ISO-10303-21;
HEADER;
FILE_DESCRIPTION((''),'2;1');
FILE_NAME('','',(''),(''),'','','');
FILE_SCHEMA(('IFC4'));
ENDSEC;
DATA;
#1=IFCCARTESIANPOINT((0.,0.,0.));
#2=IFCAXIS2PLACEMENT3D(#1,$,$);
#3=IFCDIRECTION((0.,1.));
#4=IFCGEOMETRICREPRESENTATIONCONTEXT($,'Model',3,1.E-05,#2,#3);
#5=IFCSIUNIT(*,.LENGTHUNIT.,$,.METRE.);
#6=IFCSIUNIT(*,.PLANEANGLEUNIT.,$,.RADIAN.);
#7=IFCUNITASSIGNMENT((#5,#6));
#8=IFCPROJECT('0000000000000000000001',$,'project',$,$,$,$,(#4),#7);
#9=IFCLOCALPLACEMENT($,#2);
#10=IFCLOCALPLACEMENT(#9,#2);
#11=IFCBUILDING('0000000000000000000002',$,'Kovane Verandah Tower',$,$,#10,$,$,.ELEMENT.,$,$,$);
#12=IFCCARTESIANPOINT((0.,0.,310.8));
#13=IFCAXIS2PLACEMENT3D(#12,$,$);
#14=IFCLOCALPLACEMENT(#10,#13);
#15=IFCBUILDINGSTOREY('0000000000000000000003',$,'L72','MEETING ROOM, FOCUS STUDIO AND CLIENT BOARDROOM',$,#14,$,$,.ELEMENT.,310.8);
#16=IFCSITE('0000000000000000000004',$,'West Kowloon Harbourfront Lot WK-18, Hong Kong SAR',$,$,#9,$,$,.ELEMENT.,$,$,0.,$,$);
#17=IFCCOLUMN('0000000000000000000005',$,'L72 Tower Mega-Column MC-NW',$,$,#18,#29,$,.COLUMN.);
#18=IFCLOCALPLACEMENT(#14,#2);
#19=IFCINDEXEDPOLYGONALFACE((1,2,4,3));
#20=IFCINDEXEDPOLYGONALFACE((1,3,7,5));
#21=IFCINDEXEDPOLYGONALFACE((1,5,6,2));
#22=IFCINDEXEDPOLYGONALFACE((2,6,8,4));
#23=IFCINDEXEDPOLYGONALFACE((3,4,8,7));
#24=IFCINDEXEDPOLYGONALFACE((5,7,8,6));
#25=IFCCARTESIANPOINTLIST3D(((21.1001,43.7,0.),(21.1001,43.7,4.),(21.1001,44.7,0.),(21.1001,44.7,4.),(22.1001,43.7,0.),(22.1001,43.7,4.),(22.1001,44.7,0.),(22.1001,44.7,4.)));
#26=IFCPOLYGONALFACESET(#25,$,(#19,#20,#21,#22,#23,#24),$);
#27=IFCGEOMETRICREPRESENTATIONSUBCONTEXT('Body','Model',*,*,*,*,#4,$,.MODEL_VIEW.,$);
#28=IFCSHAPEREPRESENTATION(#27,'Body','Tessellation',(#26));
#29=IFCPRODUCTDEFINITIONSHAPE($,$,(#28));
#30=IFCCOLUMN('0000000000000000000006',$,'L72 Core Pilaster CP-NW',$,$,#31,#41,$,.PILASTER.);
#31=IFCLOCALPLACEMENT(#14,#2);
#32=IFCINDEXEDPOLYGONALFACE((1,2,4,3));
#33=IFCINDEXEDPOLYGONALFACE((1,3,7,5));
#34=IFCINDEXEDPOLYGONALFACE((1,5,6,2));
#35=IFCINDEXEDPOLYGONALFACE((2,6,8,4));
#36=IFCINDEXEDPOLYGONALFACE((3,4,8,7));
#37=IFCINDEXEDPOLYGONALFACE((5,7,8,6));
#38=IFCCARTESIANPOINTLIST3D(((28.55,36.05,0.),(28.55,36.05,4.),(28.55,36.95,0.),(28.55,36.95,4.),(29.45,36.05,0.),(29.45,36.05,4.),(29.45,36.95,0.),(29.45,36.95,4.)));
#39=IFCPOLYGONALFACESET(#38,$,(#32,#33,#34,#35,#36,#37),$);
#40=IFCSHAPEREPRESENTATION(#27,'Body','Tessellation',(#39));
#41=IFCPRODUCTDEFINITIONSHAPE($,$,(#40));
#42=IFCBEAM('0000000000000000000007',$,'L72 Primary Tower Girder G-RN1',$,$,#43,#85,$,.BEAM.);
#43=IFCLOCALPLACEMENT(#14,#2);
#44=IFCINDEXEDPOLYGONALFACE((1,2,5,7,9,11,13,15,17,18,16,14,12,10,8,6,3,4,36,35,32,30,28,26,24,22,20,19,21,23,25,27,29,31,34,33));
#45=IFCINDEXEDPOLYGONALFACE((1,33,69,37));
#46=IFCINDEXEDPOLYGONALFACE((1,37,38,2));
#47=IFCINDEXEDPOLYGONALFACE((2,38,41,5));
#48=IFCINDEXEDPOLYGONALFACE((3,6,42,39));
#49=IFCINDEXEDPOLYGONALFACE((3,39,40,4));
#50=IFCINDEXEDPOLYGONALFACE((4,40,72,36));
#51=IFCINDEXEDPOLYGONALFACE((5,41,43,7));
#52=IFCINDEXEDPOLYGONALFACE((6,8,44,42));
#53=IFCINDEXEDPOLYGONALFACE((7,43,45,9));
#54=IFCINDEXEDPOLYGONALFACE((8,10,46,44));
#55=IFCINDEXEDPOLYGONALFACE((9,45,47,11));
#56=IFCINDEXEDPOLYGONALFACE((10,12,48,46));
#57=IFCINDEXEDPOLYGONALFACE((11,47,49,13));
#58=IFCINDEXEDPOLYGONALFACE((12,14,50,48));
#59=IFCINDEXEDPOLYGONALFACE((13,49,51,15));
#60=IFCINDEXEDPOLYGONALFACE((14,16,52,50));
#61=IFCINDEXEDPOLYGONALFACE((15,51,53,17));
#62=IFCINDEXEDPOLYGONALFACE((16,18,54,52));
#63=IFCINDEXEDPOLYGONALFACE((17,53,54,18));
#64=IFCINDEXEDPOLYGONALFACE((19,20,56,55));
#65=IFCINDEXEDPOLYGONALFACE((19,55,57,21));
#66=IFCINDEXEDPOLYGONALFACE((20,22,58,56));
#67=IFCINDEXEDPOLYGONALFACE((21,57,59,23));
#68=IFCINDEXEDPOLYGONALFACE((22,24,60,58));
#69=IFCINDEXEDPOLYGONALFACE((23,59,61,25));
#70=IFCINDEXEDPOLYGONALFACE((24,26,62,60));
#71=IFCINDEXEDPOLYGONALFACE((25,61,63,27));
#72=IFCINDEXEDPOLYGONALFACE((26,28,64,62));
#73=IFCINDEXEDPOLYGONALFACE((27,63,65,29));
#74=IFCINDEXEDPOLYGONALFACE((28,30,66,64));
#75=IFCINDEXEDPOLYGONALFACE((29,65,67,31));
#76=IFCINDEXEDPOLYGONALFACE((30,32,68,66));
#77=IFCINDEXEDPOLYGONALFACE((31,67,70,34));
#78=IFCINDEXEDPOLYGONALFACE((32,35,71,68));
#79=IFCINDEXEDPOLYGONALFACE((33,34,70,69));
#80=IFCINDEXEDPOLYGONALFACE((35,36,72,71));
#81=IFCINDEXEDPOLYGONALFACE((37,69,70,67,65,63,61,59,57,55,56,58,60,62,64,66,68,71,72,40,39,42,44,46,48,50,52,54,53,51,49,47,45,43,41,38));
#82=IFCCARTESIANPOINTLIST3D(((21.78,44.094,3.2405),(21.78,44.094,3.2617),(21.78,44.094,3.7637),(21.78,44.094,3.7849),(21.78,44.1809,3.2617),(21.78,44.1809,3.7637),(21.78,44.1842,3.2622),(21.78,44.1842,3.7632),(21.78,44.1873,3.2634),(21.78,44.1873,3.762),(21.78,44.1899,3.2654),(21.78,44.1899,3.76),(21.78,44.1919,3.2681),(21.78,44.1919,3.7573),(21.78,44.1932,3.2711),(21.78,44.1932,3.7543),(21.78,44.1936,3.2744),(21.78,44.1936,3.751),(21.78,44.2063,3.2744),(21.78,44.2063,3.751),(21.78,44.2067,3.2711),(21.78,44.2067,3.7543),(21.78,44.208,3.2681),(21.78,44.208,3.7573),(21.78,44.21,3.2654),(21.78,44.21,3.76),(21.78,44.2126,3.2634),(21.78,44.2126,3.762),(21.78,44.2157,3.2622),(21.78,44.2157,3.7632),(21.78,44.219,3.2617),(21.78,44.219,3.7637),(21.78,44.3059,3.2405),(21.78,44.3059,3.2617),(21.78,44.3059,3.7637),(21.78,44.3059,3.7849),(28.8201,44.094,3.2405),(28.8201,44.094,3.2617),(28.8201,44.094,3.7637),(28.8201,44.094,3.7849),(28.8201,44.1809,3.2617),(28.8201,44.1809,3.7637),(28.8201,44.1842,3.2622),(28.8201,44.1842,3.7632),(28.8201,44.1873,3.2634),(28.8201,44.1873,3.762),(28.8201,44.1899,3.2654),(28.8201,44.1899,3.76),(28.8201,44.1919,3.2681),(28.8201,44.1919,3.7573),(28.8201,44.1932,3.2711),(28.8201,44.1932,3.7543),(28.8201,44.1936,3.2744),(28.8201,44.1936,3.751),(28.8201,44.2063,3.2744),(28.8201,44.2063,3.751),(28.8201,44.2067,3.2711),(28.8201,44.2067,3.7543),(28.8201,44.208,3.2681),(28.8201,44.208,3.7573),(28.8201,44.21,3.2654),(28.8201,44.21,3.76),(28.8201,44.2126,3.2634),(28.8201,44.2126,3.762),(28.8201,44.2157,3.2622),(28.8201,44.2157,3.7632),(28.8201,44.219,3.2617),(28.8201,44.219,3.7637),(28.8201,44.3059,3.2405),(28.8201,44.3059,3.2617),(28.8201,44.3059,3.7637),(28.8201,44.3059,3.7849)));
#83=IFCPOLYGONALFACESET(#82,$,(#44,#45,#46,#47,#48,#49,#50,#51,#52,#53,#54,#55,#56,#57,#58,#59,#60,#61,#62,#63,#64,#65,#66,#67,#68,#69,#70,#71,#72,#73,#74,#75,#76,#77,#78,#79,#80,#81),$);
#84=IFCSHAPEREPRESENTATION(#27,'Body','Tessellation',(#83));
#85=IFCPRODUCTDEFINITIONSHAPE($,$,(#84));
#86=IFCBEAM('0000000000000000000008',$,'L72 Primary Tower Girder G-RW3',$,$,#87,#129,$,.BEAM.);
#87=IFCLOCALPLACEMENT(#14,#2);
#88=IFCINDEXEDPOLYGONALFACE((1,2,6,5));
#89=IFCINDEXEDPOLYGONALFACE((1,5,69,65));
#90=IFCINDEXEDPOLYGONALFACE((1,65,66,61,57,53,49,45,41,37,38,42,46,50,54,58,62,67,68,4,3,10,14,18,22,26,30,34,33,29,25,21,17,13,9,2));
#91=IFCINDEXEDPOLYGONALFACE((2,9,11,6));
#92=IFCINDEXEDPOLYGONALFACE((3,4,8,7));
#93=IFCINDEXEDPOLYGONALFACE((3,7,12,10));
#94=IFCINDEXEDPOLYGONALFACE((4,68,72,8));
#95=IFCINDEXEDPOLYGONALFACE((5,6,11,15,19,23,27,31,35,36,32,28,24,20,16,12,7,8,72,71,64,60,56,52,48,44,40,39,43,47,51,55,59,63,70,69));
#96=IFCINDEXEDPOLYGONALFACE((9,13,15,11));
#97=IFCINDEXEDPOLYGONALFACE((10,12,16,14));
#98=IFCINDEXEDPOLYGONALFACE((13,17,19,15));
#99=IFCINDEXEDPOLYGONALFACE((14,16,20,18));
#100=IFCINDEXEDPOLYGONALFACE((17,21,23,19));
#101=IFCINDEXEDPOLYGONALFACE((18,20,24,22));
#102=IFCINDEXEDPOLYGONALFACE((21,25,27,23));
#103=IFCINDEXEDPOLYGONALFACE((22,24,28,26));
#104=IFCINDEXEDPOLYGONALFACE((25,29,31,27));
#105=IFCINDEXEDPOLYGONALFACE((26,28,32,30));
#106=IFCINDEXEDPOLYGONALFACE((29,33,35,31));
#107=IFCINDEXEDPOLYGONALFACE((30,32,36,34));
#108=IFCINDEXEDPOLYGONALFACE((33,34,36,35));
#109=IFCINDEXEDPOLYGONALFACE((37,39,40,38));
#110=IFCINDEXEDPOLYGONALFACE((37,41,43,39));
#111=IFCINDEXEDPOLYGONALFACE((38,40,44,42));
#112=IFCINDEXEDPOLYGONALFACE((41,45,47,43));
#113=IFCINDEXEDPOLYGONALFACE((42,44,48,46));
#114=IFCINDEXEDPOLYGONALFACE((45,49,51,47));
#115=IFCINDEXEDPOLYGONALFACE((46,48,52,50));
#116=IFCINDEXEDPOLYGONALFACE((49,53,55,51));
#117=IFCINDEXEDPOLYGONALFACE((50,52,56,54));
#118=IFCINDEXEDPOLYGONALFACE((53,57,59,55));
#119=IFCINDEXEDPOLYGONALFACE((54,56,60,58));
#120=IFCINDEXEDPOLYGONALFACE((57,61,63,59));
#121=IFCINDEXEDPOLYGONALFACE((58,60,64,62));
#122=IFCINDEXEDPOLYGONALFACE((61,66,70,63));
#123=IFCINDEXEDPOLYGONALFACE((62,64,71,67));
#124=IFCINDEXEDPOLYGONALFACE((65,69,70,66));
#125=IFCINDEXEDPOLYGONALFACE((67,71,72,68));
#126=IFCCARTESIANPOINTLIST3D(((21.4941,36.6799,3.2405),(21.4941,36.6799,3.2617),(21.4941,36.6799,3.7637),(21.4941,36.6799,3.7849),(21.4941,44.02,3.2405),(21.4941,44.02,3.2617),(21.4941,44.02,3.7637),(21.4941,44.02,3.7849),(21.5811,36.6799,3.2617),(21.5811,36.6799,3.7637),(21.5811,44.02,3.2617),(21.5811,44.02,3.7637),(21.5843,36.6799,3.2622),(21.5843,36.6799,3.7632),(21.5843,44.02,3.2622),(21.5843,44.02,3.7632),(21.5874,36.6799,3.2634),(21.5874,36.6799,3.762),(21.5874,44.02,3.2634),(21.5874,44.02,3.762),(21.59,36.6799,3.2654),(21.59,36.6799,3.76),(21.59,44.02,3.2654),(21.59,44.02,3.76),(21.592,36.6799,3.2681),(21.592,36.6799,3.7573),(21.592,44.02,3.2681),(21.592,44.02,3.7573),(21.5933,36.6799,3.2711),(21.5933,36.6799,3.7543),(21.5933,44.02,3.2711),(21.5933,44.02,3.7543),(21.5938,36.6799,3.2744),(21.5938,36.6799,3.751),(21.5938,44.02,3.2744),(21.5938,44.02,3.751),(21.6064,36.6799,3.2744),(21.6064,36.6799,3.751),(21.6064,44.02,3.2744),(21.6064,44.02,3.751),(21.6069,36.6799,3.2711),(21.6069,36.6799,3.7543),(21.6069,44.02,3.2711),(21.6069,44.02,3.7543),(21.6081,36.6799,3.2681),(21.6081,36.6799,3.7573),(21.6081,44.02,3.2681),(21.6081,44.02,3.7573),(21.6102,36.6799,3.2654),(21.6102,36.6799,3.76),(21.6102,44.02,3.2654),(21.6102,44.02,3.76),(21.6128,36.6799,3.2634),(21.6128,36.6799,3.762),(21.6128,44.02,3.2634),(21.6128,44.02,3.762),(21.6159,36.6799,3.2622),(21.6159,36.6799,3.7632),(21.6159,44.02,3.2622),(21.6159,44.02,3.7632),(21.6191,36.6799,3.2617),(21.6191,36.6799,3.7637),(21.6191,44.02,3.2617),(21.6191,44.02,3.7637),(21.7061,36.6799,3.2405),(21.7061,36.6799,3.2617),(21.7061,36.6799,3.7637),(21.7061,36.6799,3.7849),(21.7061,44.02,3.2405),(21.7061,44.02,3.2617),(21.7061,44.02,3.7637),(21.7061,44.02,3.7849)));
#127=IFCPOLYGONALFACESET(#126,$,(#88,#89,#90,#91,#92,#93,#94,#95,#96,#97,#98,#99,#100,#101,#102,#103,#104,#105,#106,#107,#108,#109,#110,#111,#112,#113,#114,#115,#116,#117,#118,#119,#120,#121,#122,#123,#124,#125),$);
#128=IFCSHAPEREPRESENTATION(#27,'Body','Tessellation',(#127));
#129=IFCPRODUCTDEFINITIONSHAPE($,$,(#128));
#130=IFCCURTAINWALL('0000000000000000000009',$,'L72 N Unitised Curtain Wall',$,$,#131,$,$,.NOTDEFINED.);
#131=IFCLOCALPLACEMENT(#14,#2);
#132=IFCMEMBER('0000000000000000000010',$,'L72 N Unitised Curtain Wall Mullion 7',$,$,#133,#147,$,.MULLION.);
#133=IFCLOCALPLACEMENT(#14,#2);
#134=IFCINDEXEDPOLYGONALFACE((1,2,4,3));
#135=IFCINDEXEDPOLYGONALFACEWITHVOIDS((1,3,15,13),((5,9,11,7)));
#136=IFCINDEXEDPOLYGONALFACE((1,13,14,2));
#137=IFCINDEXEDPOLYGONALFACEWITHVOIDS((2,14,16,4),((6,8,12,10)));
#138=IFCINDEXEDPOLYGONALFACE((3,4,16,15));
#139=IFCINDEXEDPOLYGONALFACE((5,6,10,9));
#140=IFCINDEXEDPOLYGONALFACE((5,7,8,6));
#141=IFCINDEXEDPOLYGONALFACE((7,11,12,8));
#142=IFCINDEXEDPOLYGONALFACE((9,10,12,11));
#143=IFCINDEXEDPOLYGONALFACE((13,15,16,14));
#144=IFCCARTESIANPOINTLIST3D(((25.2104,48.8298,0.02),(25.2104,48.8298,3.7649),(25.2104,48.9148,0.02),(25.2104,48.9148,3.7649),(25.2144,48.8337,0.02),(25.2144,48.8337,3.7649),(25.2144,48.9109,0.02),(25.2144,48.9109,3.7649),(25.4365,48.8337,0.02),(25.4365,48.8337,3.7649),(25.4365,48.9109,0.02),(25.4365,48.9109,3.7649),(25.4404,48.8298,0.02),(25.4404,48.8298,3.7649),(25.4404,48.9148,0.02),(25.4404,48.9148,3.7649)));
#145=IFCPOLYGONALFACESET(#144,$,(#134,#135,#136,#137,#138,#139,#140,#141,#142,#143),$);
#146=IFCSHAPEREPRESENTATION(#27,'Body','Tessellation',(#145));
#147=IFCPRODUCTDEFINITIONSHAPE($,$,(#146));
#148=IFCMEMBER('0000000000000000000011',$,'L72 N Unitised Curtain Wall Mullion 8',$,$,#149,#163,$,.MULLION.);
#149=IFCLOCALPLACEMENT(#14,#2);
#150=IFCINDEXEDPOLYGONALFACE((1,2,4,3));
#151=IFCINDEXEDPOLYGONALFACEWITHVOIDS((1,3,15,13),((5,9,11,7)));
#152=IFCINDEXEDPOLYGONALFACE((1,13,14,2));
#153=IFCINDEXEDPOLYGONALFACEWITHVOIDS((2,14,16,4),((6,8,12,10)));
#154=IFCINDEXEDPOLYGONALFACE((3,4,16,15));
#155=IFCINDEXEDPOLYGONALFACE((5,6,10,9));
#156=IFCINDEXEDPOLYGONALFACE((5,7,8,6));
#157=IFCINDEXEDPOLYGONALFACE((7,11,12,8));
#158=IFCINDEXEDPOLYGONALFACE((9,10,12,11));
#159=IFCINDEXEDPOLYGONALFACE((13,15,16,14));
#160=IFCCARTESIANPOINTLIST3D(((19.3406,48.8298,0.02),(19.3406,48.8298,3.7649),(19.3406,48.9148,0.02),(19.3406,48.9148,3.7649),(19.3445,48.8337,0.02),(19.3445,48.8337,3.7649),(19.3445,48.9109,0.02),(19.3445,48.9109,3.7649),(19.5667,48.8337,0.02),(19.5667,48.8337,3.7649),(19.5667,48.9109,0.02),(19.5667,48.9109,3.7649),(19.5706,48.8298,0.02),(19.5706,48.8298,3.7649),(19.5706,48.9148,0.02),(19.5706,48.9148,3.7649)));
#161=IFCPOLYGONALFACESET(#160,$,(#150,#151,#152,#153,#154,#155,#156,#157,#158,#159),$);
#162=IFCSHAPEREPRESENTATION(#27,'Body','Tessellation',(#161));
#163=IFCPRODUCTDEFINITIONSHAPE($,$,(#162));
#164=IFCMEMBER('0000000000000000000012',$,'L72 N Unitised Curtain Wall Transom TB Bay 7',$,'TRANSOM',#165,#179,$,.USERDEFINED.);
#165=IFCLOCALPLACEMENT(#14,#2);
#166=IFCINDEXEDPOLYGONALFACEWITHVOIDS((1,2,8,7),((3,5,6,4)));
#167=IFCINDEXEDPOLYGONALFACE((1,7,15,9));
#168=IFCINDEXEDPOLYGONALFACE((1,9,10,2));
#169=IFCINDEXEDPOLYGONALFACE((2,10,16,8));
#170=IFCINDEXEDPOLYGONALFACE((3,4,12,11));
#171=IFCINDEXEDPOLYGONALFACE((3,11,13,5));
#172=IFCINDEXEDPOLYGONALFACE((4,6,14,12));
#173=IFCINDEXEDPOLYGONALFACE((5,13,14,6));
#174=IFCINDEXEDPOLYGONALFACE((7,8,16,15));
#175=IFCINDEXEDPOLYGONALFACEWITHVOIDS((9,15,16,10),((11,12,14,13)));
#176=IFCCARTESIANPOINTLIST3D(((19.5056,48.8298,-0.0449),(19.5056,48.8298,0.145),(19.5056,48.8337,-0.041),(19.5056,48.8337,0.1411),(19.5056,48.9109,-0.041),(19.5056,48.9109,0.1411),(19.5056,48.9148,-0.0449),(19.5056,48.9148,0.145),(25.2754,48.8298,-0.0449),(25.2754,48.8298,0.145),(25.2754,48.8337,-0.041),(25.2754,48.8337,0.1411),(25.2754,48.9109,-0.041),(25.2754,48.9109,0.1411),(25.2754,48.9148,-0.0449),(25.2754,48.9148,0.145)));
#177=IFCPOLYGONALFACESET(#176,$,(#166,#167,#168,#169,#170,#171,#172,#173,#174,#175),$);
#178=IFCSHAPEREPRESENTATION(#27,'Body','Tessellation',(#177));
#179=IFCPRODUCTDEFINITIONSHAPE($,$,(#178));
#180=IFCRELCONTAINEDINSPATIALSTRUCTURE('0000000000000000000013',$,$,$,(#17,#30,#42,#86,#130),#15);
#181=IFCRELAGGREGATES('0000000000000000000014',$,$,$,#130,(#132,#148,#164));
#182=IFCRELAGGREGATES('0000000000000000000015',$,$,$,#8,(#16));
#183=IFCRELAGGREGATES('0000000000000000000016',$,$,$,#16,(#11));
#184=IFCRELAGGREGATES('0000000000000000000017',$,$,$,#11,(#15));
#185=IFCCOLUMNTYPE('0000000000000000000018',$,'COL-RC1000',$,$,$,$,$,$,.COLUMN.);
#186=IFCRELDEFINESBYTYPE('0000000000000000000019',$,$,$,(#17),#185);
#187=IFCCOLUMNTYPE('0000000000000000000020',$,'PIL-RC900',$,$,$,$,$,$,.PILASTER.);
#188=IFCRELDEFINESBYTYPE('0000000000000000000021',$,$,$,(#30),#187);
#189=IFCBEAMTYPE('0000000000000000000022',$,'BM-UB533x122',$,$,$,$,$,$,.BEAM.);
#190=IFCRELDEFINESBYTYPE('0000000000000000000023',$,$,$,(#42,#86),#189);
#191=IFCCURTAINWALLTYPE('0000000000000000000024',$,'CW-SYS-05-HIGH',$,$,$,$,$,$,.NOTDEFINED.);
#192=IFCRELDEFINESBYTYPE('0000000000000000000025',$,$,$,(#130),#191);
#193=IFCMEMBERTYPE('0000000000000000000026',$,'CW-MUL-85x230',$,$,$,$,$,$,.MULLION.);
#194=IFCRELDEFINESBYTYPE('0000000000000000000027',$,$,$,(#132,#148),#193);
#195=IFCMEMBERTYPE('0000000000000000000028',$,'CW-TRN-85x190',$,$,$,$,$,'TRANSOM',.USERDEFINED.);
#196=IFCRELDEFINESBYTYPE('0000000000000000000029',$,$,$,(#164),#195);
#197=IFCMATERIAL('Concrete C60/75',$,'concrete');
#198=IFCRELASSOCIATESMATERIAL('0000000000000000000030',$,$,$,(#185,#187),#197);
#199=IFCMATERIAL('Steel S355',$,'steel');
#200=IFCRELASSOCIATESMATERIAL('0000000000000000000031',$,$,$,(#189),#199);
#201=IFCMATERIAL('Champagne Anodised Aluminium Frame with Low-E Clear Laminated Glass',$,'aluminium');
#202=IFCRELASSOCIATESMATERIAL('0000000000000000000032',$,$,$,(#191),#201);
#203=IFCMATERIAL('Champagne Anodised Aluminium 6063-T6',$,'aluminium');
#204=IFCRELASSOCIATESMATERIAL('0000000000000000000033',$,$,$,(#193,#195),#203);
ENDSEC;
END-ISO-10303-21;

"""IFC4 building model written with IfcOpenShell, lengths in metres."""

from ifc_helpers import new_model, si_unit, direction, frame, origin, origin_2d, place, context, subcontext, project, spatial, rectangle, hollow_rectangle, i_section, extrude, material, material_profile, profile_set, type_object, element, aggregate, save


model = new_model("IFC4")

# Units and contexts
model_context = context("Model", 3, precision=1e-05, world=origin(), true_north=direction((0.0, 1.0)))
body_context = subcontext(model_context, "Body", "Model", "MODEL_VIEW")
ifc_project = project(units=[si_unit("LENGTHUNIT", "METRE"), si_unit("PLANEANGLEUNIT", "RADIAN")], contexts=[model_context])

# Site, building, storey
site_placement = place(None, origin())
site = spatial("IfcSite", under=ifc_project, at=site_placement, Name="West Kowloon Harbourfront Lot WK-18, Hong Kong SAR", CompositionType="ELEMENT", RefElevation=0.0)
building_placement = place(site_placement, origin())
building = spatial("IfcBuilding", under=site, at=building_placement, Name="Kovane Verandah Tower", CompositionType="ELEMENT")
storey_placement = place(building_placement, frame((0.0, 0.0, 310.8)))
storey = spatial("IfcBuildingStorey", under=building, at=storey_placement, Name="L72", Description="MEETING ROOM, FOCUS STUDIO AND CLIENT BOARDROOM", CompositionType="ELEMENT", Elevation=310.8)

# Columns
ifc_material_1 = material(Name="Concrete C60/75", Category="concrete")
ifc_material_profile_1 = material_profile(ifc_material_1, rectangle(XDim=1.0, YDim=1.0, at=origin_2d()), Name="RC1000x1000")
ifc_profile_set_1 = profile_set([ifc_material_profile_1], Name="Concrete C60/75")
column_type_1 = type_object("IfcColumnType", Name="COL-RC1000", PredefinedType="COLUMN", material=ifc_profile_set_1)
column_1_placement = place(storey_placement, frame((21.6001, 44.2, 0.0), z_axis=(0.0, 0.0, 1.0), x_axis=(1.0, 0.0, 0.0)))
element("IfcColumn", 1, at=column_1_placement, inside=storey, type_object=column_type_1, Name="L72 Tower Mega-Column MC-NW", PredefinedType="COLUMN", context=body_context, shape_type="SweptSolid", body=[
    extrude(rectangle(XDim=1.0, YDim=1.0, at=origin_2d()), origin(), (0.0, 0.0, 1.0), 4.0),
])
ifc_material_profile_2 = material_profile(ifc_material_1, rectangle(XDim=0.8999, YDim=0.8999, at=origin_2d()), Name="RC900x900")
ifc_profile_set_2 = profile_set([ifc_material_profile_2], Name="Concrete C60/75")
column_type_2 = type_object("IfcColumnType", Name="PIL-RC900", PredefinedType="PILASTER", material=ifc_profile_set_2)
column_2_placement = place(storey_placement, frame((29.0, 36.5, 0.0), z_axis=(0.0, 0.0, 1.0), x_axis=(1.0, 0.0, 0.0)))
element("IfcColumn", 2, at=column_2_placement, inside=storey, type_object=column_type_2, Name="L72 Core Pilaster CP-NW", PredefinedType="PILASTER", context=body_context, shape_type="SweptSolid", body=[
    extrude(rectangle(XDim=0.8999, YDim=0.8999, at=origin_2d()), origin(), (0.0, 0.0, 1.0), 4.0),
])

# Beams
ifc_material_2 = material(Name="Steel S355", Category="steel")
ifc_material_profile_3 = material_profile(ifc_material_2, i_section(OverallWidth=0.2119, OverallDepth=0.5444, WebThickness=0.0127, FlangeThickness=0.0212, FilletRadius=0.0127, at=origin_2d()), Name="UB533x210x122")
ifc_profile_set_3 = profile_set([ifc_material_profile_3], Name="Steel S355")
beam_type_1 = type_object("IfcBeamType", Name="BM-UB533x122", PredefinedType="BEAM", material=ifc_profile_set_3)
beam_1_placement = place(storey_placement, frame((21.78, 44.2, 3.5127), z_axis=(1.0, 0.0, 0.0), x_axis=(0.0, 1.0, 0.0)))
element("IfcBeam", 3, at=beam_1_placement, inside=storey, type_object=beam_type_1, Name="L72 Primary Tower Girder G-RN1", PredefinedType="BEAM", context=body_context, shape_type="SweptSolid", body=[
    extrude(i_section(OverallWidth=0.2119, OverallDepth=0.5444, WebThickness=0.0127, FlangeThickness=0.0212, FilletRadius=0.0127, at=origin_2d()), origin(), (0.0, 0.0, 1.0), 7.04),
])
beam_2_placement = place(storey_placement, frame((21.6001, 36.6799, 3.5127), z_axis=(0.0, 1.0, 0.0), x_axis=(-1.0, 0.0, 0.0)))
element("IfcBeam", 4, at=beam_2_placement, inside=storey, type_object=beam_type_1, Name="L72 Primary Tower Girder G-RW3", PredefinedType="BEAM", context=body_context, shape_type="SweptSolid", body=[
    extrude(i_section(OverallWidth=0.2119, OverallDepth=0.5444, WebThickness=0.0127, FlangeThickness=0.0212, FilletRadius=0.0127, at=origin_2d()), origin(), (0.0, 0.0, 1.0), 7.3401),
])

# Curtain wall, members
ifc_material_3 = material(Name="Champagne Anodised Aluminium Frame with Low-E Clear Laminated Glass", Category="aluminium")
curtain_wall_type = type_object("IfcCurtainWallType", Name="CW-SYS-05-HIGH", PredefinedType="NOTDEFINED", material=ifc_material_3)
curtain_wall_placement = place(storey_placement, origin())
curtain_wall = element("IfcCurtainWall", 5, at=curtain_wall_placement, inside=storey, type_object=curtain_wall_type, Name="L72 N Unitised Curtain Wall", PredefinedType="NOTDEFINED")
ifc_material_4 = material(Name="Champagne Anodised Aluminium 6063-T6", Category="aluminium")
ifc_material_profile_4 = material_profile(ifc_material_4, hollow_rectangle(XDim=0.085, YDim=0.23, WallThickness=0.0039, at=origin_2d()), Name="AL85x230x4")
ifc_profile_set_4 = profile_set([ifc_material_profile_4], Name="Champagne Anodised Aluminium 6063-T6")
member_type_1 = type_object("IfcMemberType", Name="CW-MUL-85x230", PredefinedType="MULLION", material=ifc_profile_set_4)
member_1_placement = place(storey_placement, frame((25.3254, 48.8723, 0.02), z_axis=(0.0, 0.0, 1.0), x_axis=(0.0, 1.0, 0.0)))
member_1 = element("IfcMember", 6, at=member_1_placement, type_object=member_type_1, Name="L72 N Unitised Curtain Wall Mullion 7", PredefinedType="MULLION", context=body_context, shape_type="SweptSolid", body=[
    extrude(hollow_rectangle(XDim=0.085, YDim=0.23, WallThickness=0.0039, at=origin_2d()), origin(), (0.0, 0.0, 1.0), 3.7449),
])
member_2_placement = place(storey_placement, frame((19.4556, 48.8723, 0.02), z_axis=(0.0, 0.0, 1.0), x_axis=(0.0, 1.0, 0.0)))
member_2 = element("IfcMember", 7, at=member_2_placement, type_object=member_type_1, Name="L72 N Unitised Curtain Wall Mullion 8", PredefinedType="MULLION", context=body_context, shape_type="SweptSolid", body=[
    extrude(hollow_rectangle(XDim=0.085, YDim=0.23, WallThickness=0.0039, at=origin_2d()), origin(), (0.0, 0.0, 1.0), 3.7449),
])
ifc_material_profile_5 = material_profile(ifc_material_4, hollow_rectangle(XDim=0.085, YDim=0.1899, WallThickness=0.0039, at=origin_2d()), Name="AL85x190x4")
ifc_profile_set_5 = profile_set([ifc_material_profile_5], Name="Champagne Anodised Aluminium 6063-T6")
member_type_2 = type_object("IfcMemberType", Name="CW-TRN-85x190", ElementType="TRANSOM", PredefinedType="USERDEFINED", material=ifc_profile_set_5)
member_3_placement = place(storey_placement, frame((25.2754, 48.8723, 0.05), z_axis=(-1.0, 0.0, 0.0), x_axis=(0.0, -1.0, 0.0)))
member_3 = element("IfcMember", 8, at=member_3_placement, type_object=member_type_2, Name="L72 N Unitised Curtain Wall Transom TB Bay 7", ObjectType="TRANSOM", PredefinedType="USERDEFINED", context=body_context, shape_type="SweptSolid", body=[
    extrude(hollow_rectangle(XDim=0.085, YDim=0.1899, WallThickness=0.0039, at=origin_2d()), origin(), (0.0, 0.0, 1.0), 5.7698),
])

aggregate(curtain_wall, [member_1, member_2, member_3])

save(model, "model.ifc")
